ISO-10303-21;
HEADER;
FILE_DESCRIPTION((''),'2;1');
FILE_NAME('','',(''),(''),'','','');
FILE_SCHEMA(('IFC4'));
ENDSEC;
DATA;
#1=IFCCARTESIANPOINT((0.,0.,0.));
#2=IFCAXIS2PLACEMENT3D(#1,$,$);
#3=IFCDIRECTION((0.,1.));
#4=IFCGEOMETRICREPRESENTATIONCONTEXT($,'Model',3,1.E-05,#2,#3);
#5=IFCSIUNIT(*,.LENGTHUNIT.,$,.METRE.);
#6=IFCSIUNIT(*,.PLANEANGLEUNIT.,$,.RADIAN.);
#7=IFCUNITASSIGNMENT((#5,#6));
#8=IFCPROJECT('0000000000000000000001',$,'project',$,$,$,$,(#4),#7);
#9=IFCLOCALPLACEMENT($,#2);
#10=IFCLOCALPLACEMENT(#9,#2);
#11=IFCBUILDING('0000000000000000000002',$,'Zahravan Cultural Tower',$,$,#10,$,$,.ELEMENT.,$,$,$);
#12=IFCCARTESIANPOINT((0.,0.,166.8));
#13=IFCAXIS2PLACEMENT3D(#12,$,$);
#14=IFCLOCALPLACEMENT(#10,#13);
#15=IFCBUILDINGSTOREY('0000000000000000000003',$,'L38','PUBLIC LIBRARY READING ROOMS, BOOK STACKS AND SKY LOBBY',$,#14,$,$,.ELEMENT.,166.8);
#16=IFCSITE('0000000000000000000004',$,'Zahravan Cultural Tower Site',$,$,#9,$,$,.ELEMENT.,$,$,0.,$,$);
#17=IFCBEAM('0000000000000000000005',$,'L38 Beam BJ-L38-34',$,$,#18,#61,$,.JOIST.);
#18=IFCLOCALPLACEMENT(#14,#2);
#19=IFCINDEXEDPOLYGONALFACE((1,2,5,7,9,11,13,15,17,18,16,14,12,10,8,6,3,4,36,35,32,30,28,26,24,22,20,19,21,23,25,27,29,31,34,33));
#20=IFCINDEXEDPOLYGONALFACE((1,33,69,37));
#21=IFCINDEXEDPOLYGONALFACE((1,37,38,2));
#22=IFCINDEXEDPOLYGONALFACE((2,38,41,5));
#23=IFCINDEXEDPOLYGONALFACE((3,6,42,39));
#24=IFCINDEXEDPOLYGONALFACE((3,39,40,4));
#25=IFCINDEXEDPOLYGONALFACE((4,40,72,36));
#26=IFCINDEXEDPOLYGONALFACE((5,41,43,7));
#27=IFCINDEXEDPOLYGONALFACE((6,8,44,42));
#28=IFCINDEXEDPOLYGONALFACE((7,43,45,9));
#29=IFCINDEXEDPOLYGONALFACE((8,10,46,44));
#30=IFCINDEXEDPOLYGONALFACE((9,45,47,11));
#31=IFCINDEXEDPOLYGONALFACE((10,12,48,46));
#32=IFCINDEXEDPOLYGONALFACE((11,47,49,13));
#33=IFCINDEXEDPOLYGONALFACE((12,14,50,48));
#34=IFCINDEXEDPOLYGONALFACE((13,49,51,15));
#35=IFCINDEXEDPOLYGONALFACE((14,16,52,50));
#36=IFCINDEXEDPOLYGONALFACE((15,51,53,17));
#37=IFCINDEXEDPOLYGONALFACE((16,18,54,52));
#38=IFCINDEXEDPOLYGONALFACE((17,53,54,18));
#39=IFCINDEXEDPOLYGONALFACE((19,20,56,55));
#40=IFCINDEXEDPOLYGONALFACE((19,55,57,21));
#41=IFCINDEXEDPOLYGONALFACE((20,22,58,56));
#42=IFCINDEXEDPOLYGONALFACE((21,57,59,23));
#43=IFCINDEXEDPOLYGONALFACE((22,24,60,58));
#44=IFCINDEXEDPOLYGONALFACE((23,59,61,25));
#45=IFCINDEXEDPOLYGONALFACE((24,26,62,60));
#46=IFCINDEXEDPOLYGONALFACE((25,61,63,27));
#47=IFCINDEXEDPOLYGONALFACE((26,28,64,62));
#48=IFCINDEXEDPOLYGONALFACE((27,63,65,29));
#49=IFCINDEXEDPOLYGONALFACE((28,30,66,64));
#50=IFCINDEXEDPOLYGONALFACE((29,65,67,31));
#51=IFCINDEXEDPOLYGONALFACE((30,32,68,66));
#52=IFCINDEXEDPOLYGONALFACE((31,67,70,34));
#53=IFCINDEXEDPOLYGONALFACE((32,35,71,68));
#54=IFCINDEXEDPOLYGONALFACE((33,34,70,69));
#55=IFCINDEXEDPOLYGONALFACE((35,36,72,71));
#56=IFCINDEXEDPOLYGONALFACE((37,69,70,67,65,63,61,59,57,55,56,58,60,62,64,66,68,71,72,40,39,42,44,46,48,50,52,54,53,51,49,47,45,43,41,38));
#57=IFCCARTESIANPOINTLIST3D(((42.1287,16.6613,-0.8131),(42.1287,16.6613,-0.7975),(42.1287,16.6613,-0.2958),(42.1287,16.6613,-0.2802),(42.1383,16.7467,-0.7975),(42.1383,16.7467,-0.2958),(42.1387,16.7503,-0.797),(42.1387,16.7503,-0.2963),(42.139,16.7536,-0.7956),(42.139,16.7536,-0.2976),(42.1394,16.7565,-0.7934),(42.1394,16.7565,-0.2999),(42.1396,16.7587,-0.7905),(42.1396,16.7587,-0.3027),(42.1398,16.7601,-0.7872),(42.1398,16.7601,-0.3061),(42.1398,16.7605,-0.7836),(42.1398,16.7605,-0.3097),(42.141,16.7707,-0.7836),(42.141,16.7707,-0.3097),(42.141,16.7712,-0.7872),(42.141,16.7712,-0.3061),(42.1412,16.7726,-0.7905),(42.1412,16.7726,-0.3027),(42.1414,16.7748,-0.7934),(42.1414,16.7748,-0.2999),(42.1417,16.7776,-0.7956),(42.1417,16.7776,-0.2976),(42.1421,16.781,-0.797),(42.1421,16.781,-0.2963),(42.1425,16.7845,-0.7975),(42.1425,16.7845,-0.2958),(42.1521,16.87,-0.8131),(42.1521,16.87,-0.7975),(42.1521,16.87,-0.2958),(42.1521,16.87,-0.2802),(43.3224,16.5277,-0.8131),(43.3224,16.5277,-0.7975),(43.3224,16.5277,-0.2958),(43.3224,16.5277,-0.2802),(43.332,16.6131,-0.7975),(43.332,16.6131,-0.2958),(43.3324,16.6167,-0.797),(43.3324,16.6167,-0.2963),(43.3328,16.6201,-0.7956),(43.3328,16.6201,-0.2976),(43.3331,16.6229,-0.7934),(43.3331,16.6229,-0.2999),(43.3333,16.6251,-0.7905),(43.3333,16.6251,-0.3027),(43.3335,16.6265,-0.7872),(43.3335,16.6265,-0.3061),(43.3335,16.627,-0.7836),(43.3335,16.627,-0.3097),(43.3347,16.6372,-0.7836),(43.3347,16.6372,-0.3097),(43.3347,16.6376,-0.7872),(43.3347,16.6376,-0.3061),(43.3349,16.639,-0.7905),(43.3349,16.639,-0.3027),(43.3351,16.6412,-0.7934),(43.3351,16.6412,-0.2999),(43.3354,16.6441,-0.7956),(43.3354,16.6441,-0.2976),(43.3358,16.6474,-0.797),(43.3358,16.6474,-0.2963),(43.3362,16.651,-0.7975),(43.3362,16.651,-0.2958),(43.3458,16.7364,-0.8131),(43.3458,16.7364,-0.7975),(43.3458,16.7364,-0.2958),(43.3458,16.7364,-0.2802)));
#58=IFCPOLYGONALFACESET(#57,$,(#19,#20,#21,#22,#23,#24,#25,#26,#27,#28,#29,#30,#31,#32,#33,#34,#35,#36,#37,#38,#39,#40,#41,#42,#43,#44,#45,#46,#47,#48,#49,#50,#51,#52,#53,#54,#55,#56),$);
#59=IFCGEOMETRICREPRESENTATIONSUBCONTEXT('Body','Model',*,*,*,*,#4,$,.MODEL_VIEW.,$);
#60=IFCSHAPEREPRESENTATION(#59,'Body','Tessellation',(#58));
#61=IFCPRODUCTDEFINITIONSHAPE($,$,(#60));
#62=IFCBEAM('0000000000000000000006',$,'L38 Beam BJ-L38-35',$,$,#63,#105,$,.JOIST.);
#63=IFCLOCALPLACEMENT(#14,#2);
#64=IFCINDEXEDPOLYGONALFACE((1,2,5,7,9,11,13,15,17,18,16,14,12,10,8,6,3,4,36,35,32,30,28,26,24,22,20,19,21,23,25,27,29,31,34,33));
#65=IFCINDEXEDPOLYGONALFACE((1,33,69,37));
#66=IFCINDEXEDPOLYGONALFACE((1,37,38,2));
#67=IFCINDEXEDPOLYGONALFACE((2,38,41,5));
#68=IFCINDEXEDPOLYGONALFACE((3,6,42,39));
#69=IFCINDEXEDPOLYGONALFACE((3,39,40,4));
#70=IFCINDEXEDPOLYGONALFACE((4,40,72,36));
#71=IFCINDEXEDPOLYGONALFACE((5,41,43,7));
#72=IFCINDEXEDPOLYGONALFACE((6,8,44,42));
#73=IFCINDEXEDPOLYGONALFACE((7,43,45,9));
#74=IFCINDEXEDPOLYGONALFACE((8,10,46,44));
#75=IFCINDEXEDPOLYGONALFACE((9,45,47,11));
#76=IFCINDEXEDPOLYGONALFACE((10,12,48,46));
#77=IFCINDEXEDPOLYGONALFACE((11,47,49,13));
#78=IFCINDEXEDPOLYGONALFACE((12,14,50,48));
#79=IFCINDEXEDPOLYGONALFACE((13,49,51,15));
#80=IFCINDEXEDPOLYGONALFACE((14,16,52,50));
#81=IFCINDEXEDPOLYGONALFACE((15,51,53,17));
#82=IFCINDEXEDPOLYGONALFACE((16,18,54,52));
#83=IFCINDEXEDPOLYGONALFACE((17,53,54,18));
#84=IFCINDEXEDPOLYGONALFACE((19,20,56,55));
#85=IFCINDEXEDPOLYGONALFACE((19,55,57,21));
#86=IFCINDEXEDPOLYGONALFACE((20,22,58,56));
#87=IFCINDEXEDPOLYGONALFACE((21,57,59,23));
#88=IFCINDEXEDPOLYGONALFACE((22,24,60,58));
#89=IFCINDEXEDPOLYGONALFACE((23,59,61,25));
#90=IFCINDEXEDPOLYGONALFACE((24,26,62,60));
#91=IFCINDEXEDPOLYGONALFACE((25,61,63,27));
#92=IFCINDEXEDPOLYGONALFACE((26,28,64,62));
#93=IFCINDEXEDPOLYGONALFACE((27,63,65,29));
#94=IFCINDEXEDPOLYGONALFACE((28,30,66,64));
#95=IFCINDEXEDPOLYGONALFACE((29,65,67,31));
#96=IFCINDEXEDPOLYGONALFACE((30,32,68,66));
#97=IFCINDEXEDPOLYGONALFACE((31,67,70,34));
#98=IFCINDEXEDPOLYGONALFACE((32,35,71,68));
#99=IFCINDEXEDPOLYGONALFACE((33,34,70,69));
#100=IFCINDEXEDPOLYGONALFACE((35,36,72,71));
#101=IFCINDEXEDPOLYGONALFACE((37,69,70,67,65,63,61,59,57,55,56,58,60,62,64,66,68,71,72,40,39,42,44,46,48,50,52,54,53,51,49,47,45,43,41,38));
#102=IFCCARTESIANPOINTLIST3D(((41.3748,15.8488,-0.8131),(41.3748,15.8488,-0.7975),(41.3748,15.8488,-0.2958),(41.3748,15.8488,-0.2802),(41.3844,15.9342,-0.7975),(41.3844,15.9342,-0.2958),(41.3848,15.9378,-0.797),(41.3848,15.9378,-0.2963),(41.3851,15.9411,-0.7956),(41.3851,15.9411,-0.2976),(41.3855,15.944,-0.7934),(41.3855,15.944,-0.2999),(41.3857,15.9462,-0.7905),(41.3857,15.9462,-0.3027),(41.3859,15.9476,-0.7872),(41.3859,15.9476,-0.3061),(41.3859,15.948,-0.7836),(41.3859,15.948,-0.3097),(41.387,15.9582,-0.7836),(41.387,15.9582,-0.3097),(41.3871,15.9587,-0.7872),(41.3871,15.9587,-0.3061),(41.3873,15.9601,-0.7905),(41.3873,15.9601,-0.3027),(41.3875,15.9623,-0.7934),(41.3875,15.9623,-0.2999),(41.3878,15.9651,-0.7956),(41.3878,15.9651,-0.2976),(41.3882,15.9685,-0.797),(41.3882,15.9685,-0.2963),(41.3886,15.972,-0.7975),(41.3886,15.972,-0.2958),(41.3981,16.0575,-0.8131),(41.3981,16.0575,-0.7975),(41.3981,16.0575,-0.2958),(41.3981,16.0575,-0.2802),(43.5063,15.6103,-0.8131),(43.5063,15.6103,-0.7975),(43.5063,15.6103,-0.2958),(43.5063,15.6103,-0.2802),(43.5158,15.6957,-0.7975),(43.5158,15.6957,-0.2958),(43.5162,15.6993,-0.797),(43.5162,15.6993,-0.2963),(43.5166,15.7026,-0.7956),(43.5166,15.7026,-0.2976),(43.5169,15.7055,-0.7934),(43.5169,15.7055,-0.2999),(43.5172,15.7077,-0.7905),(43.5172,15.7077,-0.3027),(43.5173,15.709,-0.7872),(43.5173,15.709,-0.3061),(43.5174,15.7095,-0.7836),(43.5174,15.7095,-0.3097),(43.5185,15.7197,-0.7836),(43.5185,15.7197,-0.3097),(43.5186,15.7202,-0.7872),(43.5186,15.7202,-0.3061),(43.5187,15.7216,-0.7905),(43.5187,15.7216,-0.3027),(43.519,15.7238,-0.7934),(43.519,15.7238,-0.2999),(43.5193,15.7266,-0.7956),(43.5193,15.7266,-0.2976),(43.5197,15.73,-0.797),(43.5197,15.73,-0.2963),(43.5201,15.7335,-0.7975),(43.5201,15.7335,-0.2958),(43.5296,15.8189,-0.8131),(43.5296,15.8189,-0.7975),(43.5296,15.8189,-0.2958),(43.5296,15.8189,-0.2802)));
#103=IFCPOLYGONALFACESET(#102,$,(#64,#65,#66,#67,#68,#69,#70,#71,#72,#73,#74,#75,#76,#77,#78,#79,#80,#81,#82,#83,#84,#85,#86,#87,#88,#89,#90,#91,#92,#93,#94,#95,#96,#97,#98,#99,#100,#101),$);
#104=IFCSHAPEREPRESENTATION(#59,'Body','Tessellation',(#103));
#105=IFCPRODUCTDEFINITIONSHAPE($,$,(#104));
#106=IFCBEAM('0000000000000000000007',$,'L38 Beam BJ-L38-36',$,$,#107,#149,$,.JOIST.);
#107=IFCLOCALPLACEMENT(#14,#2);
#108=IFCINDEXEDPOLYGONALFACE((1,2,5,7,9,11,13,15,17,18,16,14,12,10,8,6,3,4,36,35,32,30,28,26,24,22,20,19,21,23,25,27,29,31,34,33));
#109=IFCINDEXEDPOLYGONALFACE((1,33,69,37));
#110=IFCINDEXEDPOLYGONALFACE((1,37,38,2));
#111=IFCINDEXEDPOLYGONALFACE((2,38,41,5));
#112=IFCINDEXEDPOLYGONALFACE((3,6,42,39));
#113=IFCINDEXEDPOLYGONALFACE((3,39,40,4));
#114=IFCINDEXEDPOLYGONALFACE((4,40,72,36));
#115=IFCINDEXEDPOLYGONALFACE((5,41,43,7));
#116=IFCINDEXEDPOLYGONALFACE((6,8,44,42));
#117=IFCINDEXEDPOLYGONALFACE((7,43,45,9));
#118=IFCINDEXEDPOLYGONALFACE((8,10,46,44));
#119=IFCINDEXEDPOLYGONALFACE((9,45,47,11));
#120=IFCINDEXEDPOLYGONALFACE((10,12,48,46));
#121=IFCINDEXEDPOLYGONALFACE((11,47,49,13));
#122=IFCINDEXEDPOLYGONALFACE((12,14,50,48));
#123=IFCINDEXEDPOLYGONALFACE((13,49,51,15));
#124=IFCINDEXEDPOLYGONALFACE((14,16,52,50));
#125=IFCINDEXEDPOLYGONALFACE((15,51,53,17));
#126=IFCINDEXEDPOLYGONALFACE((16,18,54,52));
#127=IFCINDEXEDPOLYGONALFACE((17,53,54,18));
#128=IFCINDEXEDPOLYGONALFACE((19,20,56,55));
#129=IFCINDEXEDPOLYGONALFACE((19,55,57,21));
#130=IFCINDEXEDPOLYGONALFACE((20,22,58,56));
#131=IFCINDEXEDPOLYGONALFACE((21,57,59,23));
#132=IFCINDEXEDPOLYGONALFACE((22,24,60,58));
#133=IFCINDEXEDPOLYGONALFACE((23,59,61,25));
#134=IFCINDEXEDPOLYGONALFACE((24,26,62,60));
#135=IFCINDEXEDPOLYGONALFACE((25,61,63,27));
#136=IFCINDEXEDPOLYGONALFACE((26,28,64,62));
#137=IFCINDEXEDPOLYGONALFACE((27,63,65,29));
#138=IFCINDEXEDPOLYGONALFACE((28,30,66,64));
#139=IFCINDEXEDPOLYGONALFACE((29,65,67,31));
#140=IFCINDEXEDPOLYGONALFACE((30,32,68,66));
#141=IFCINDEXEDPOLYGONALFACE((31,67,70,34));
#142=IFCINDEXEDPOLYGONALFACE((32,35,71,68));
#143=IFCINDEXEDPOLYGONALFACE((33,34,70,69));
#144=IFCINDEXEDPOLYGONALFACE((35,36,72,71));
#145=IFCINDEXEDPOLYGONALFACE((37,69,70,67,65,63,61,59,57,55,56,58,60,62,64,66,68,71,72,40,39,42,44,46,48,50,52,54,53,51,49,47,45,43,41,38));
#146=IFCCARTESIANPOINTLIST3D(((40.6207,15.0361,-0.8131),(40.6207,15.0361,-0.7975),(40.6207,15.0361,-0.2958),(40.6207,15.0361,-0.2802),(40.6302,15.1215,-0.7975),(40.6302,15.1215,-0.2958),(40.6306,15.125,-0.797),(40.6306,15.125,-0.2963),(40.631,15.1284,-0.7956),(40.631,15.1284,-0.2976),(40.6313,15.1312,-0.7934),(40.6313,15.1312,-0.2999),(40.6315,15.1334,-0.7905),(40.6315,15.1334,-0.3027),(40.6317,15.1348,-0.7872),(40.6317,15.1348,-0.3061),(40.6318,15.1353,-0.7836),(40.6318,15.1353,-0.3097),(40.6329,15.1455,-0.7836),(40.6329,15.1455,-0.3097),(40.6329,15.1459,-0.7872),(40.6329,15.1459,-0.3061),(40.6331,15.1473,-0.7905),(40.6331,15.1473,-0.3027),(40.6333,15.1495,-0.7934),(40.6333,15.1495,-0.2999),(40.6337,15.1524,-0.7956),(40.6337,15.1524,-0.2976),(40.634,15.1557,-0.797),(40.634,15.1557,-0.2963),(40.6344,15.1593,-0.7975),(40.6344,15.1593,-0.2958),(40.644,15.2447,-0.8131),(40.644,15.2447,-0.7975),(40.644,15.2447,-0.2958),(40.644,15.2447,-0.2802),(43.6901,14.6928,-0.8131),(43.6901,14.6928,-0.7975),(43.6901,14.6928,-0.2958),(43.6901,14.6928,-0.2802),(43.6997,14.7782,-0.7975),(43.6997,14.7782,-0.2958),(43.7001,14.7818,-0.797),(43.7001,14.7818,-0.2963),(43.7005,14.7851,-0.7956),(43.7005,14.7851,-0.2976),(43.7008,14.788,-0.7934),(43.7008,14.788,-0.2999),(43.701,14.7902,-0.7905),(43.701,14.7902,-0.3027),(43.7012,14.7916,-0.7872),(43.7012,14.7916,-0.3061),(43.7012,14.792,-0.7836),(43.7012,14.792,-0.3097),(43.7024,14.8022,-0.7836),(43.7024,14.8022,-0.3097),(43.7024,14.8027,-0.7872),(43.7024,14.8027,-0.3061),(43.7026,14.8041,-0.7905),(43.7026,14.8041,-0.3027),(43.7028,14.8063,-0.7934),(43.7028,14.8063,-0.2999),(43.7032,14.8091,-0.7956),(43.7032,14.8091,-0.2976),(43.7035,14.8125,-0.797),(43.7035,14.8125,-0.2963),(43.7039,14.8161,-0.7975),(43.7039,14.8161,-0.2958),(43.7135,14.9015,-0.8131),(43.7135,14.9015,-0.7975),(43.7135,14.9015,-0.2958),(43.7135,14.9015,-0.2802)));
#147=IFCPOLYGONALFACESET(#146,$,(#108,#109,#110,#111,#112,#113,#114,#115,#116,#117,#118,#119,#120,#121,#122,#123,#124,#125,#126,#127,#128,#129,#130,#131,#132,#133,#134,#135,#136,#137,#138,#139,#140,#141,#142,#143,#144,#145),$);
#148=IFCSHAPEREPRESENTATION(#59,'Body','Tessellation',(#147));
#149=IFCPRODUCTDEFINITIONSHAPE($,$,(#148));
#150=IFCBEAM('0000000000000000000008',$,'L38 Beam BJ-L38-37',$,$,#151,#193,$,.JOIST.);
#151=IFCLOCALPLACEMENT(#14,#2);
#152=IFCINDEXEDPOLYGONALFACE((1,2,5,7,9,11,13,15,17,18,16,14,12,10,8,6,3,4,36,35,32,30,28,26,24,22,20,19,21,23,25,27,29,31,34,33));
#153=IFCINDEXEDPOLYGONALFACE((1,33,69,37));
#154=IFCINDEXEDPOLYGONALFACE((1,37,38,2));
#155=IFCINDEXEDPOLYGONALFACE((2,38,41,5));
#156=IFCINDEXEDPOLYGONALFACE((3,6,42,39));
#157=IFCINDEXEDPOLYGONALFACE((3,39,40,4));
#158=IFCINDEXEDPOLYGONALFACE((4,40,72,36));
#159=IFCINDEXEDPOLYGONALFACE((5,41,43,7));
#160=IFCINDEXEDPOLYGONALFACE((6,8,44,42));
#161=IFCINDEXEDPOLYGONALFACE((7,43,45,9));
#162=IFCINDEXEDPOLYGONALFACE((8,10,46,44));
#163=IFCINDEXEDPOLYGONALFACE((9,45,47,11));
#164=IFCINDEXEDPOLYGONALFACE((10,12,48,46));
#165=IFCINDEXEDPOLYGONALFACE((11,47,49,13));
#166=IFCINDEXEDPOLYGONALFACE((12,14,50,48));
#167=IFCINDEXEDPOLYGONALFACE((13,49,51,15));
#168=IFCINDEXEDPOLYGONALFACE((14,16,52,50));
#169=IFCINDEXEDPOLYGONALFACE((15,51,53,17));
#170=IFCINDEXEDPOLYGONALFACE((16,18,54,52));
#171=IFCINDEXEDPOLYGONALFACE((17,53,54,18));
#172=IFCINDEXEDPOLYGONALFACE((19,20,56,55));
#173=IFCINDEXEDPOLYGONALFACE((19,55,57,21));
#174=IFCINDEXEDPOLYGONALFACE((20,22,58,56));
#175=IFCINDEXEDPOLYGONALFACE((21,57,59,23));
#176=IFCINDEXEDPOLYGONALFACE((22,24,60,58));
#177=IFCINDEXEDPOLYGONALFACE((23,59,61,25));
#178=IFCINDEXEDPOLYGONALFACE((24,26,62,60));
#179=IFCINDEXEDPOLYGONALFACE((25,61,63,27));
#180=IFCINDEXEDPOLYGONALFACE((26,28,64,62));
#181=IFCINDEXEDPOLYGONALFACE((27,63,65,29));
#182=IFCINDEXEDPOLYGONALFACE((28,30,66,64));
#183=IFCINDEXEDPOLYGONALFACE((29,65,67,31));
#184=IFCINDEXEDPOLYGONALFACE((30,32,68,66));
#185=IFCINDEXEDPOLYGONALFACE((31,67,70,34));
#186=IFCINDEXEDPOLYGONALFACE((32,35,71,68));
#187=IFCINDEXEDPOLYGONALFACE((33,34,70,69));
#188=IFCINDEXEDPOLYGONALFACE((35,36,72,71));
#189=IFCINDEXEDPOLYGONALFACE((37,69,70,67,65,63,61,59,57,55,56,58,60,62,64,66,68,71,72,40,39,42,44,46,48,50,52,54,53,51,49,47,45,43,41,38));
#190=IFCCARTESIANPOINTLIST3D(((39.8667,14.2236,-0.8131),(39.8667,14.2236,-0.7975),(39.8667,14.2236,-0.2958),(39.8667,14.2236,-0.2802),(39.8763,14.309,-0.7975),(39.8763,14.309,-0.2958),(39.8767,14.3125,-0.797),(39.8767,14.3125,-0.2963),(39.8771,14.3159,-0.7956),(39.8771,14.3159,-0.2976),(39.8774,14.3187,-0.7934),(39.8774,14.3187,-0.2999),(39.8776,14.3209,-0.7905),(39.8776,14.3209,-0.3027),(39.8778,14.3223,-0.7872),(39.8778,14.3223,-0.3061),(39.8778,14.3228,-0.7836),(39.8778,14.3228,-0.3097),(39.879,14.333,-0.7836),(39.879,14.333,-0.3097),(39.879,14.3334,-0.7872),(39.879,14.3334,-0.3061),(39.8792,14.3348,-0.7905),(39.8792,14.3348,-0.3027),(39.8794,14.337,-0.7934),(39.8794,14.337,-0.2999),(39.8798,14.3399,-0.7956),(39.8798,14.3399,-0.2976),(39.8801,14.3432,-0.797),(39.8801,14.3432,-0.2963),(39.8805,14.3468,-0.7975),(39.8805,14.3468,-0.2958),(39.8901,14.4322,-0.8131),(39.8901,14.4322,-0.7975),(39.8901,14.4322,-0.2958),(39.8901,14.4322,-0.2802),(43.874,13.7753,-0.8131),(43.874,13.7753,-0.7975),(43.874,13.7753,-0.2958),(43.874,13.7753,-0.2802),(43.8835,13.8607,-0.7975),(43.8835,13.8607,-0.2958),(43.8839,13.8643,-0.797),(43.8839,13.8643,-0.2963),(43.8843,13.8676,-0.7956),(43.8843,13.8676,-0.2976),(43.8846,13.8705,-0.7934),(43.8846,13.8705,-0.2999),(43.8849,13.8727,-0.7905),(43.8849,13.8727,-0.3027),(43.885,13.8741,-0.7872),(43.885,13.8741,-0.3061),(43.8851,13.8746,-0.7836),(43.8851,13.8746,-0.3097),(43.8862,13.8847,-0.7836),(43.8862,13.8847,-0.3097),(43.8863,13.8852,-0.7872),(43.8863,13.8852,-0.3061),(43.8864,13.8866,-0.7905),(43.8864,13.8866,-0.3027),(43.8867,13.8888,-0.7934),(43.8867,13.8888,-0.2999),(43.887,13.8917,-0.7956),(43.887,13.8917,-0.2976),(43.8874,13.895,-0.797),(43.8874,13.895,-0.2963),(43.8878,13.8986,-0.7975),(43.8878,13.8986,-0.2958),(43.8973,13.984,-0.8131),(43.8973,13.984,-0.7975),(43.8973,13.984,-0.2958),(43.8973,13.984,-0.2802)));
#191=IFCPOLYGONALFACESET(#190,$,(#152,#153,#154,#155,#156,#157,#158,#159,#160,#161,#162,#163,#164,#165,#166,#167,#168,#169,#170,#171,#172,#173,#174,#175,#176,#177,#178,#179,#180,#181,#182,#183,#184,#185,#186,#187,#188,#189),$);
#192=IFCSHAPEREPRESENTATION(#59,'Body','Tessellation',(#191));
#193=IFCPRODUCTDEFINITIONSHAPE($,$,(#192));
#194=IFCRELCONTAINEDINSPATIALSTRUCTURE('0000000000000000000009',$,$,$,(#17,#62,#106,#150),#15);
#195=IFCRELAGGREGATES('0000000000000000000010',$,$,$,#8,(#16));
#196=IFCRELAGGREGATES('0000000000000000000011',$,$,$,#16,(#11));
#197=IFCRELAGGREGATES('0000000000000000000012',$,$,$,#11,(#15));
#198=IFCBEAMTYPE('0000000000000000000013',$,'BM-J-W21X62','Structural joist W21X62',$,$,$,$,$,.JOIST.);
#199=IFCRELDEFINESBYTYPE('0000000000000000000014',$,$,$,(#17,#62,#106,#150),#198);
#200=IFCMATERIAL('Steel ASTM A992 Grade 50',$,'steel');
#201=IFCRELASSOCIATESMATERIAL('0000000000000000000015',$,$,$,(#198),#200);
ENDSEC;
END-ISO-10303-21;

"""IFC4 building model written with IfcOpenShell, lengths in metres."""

from ifc_helpers import new_model, si_unit, direction, frame, origin, origin_2d, place, context, subcontext, project, spatial, i_section, extrude, source, transform, mapped, material, material_profile, profile_set, type_object, element, save


model = new_model("IFC4")

# Units and contexts
model_context = context("Model", 3, precision=1e-05, world=origin(), true_north=direction((0.0, 1.0)))
body_context = subcontext(model_context, "Body", "Model", "MODEL_VIEW")
ifc_project = project(units=[si_unit("LENGTHUNIT", "METRE"), si_unit("PLANEANGLEUNIT", "RADIAN")], contexts=[model_context])

# Site, building, storey
site_placement = place(None, origin())
site = spatial("IfcSite", under=ifc_project, at=site_placement, Name="Zahravan Cultural Tower Site", CompositionType="ELEMENT", RefElevation=0.0)
building_placement = place(site_placement, origin())
building = spatial("IfcBuilding", under=site, at=building_placement, Name="Zahravan Cultural Tower", CompositionType="ELEMENT")
storey_placement = place(building_placement, frame((0.0, 0.0, 166.8)))
storey = spatial("IfcBuildingStorey", under=building, at=storey_placement, Name="L38", Description="PUBLIC LIBRARY READING ROOMS, BOOK STACKS AND SKY LOBBY", CompositionType="ELEMENT", Elevation=166.8)

# Beams
ifc_material_1 = material(Name="Steel ASTM A992 Grade 50", Category="steel")
ifc_material_profile_1 = material_profile(ifc_material_1, i_section(OverallWidth=0.21, OverallDepth=0.533, WebThickness=0.0103, FlangeThickness=0.0156, FilletRadius=0.0139, at=origin_2d()), Name="W21X62")
ifc_profile_set_1 = profile_set([ifc_material_profile_1], Name="Steel ASTM A992 Grade 50")
beam_type_1 = type_object("IfcBeamType", Name="BM-J-W21X62", Description="Structural joist W21X62", PredefinedType="JOIST", material=ifc_profile_set_1)
shared_shape_1 = source(origin(), body_context, "Body", "SweptSolid", [
    extrude(i_section(OverallWidth=0.21, OverallDepth=0.533, WebThickness=0.0103, FlangeThickness=0.0156, FilletRadius=0.0139, at=origin_2d()), origin(), (0.0, 0.0, 1.0), 1.2012),
])
beam_1_placement = place(storey_placement, frame((42.1404, 16.7656, -0.5466), z_axis=(0.993799, -0.11119, 0.0), x_axis=(0.11119, 0.993799, 0.0)))
element("IfcBeam", 1, at=beam_1_placement, inside=storey, type_object=beam_type_1, Name="L38 Beam BJ-L38-34", PredefinedType="JOIST", context=body_context, shape_type="MappedRepresentation", body=[
    mapped(shared_shape_1, transform((0.0, 0.0, 0.0), x_axis=(1.0, 0.0, 0.0), y_axis=(0.0, 1.0, 0.0), z_axis=(0.0, 0.0, 1.0), scale=1.0)),
])
shared_shape_2 = source(origin(), body_context, "Body", "SweptSolid", [
    extrude(i_section(OverallWidth=0.21, OverallDepth=0.533, WebThickness=0.0103, FlangeThickness=0.0156, FilletRadius=0.0139, at=origin_2d()), origin(), (0.0, 0.0, 1.0), 2.1448),
])
beam_2_placement = place(storey_placement, frame((41.3865, 15.9531, -0.5466), z_axis=(0.993797, -0.111206, 0.0), x_axis=(0.111206, 0.993797, 0.0)))
element("IfcBeam", 2, at=beam_2_placement, inside=storey, type_object=beam_type_1, Name="L38 Beam BJ-L38-35", PredefinedType="JOIST", context=body_context, shape_type="MappedRepresentation", body=[
    mapped(shared_shape_2, transform((0.0, 0.0, 0.0), x_axis=(1.0, 0.0, 0.0), y_axis=(0.0, 1.0, 0.0), z_axis=(0.0, 0.0, 1.0), scale=1.0)),
])
shared_shape_3 = source(origin(), body_context, "Body", "SweptSolid", [
    extrude(i_section(OverallWidth=0.21, OverallDepth=0.533, WebThickness=0.0103, FlangeThickness=0.0156, FilletRadius=0.0139, at=origin_2d()), origin(), (0.0, 0.0, 1.0), 3.0886),
])
beam_3_placement = place(storey_placement, frame((40.6323, 15.1404, -0.5466), z_axis=(0.993805, -0.111134, 0.0), x_axis=(0.111134, 0.993805, 0.0)))
element("IfcBeam", 3, at=beam_3_placement, inside=storey, type_object=beam_type_1, Name="L38 Beam BJ-L38-36", PredefinedType="JOIST", context=body_context, shape_type="MappedRepresentation", body=[
    mapped(shared_shape_3, transform((0.0, 0.0, 0.0), x_axis=(1.0, 0.0, 0.0), y_axis=(0.0, 1.0, 0.0), z_axis=(0.0, 0.0, 1.0), scale=1.0)),
])
shared_shape_4 = source(origin(), body_context, "Body", "SweptSolid", [
    extrude(i_section(OverallWidth=0.21, OverallDepth=0.533, WebThickness=0.0103, FlangeThickness=0.0156, FilletRadius=0.0139, at=origin_2d()), origin(), (0.0, 0.0, 1.0), 4.0322),
])
beam_4_placement = place(storey_placement, frame((39.8784, 14.3279, -0.5466), z_axis=(0.993802, -0.111162, 0.0), x_axis=(0.111162, 0.993802, 0.0)))
element("IfcBeam", 4, at=beam_4_placement, inside=storey, type_object=beam_type_1, Name="L38 Beam BJ-L38-37", PredefinedType="JOIST", context=body_context, shape_type="MappedRepresentation", body=[
    mapped(shared_shape_4, transform((0.0, 0.0, 0.0), x_axis=(1.0, 0.0, 0.0), y_axis=(0.0, 1.0, 0.0), z_axis=(0.0, 0.0, 1.0), scale=1.0)),
])

save(model, "model.ifc")
